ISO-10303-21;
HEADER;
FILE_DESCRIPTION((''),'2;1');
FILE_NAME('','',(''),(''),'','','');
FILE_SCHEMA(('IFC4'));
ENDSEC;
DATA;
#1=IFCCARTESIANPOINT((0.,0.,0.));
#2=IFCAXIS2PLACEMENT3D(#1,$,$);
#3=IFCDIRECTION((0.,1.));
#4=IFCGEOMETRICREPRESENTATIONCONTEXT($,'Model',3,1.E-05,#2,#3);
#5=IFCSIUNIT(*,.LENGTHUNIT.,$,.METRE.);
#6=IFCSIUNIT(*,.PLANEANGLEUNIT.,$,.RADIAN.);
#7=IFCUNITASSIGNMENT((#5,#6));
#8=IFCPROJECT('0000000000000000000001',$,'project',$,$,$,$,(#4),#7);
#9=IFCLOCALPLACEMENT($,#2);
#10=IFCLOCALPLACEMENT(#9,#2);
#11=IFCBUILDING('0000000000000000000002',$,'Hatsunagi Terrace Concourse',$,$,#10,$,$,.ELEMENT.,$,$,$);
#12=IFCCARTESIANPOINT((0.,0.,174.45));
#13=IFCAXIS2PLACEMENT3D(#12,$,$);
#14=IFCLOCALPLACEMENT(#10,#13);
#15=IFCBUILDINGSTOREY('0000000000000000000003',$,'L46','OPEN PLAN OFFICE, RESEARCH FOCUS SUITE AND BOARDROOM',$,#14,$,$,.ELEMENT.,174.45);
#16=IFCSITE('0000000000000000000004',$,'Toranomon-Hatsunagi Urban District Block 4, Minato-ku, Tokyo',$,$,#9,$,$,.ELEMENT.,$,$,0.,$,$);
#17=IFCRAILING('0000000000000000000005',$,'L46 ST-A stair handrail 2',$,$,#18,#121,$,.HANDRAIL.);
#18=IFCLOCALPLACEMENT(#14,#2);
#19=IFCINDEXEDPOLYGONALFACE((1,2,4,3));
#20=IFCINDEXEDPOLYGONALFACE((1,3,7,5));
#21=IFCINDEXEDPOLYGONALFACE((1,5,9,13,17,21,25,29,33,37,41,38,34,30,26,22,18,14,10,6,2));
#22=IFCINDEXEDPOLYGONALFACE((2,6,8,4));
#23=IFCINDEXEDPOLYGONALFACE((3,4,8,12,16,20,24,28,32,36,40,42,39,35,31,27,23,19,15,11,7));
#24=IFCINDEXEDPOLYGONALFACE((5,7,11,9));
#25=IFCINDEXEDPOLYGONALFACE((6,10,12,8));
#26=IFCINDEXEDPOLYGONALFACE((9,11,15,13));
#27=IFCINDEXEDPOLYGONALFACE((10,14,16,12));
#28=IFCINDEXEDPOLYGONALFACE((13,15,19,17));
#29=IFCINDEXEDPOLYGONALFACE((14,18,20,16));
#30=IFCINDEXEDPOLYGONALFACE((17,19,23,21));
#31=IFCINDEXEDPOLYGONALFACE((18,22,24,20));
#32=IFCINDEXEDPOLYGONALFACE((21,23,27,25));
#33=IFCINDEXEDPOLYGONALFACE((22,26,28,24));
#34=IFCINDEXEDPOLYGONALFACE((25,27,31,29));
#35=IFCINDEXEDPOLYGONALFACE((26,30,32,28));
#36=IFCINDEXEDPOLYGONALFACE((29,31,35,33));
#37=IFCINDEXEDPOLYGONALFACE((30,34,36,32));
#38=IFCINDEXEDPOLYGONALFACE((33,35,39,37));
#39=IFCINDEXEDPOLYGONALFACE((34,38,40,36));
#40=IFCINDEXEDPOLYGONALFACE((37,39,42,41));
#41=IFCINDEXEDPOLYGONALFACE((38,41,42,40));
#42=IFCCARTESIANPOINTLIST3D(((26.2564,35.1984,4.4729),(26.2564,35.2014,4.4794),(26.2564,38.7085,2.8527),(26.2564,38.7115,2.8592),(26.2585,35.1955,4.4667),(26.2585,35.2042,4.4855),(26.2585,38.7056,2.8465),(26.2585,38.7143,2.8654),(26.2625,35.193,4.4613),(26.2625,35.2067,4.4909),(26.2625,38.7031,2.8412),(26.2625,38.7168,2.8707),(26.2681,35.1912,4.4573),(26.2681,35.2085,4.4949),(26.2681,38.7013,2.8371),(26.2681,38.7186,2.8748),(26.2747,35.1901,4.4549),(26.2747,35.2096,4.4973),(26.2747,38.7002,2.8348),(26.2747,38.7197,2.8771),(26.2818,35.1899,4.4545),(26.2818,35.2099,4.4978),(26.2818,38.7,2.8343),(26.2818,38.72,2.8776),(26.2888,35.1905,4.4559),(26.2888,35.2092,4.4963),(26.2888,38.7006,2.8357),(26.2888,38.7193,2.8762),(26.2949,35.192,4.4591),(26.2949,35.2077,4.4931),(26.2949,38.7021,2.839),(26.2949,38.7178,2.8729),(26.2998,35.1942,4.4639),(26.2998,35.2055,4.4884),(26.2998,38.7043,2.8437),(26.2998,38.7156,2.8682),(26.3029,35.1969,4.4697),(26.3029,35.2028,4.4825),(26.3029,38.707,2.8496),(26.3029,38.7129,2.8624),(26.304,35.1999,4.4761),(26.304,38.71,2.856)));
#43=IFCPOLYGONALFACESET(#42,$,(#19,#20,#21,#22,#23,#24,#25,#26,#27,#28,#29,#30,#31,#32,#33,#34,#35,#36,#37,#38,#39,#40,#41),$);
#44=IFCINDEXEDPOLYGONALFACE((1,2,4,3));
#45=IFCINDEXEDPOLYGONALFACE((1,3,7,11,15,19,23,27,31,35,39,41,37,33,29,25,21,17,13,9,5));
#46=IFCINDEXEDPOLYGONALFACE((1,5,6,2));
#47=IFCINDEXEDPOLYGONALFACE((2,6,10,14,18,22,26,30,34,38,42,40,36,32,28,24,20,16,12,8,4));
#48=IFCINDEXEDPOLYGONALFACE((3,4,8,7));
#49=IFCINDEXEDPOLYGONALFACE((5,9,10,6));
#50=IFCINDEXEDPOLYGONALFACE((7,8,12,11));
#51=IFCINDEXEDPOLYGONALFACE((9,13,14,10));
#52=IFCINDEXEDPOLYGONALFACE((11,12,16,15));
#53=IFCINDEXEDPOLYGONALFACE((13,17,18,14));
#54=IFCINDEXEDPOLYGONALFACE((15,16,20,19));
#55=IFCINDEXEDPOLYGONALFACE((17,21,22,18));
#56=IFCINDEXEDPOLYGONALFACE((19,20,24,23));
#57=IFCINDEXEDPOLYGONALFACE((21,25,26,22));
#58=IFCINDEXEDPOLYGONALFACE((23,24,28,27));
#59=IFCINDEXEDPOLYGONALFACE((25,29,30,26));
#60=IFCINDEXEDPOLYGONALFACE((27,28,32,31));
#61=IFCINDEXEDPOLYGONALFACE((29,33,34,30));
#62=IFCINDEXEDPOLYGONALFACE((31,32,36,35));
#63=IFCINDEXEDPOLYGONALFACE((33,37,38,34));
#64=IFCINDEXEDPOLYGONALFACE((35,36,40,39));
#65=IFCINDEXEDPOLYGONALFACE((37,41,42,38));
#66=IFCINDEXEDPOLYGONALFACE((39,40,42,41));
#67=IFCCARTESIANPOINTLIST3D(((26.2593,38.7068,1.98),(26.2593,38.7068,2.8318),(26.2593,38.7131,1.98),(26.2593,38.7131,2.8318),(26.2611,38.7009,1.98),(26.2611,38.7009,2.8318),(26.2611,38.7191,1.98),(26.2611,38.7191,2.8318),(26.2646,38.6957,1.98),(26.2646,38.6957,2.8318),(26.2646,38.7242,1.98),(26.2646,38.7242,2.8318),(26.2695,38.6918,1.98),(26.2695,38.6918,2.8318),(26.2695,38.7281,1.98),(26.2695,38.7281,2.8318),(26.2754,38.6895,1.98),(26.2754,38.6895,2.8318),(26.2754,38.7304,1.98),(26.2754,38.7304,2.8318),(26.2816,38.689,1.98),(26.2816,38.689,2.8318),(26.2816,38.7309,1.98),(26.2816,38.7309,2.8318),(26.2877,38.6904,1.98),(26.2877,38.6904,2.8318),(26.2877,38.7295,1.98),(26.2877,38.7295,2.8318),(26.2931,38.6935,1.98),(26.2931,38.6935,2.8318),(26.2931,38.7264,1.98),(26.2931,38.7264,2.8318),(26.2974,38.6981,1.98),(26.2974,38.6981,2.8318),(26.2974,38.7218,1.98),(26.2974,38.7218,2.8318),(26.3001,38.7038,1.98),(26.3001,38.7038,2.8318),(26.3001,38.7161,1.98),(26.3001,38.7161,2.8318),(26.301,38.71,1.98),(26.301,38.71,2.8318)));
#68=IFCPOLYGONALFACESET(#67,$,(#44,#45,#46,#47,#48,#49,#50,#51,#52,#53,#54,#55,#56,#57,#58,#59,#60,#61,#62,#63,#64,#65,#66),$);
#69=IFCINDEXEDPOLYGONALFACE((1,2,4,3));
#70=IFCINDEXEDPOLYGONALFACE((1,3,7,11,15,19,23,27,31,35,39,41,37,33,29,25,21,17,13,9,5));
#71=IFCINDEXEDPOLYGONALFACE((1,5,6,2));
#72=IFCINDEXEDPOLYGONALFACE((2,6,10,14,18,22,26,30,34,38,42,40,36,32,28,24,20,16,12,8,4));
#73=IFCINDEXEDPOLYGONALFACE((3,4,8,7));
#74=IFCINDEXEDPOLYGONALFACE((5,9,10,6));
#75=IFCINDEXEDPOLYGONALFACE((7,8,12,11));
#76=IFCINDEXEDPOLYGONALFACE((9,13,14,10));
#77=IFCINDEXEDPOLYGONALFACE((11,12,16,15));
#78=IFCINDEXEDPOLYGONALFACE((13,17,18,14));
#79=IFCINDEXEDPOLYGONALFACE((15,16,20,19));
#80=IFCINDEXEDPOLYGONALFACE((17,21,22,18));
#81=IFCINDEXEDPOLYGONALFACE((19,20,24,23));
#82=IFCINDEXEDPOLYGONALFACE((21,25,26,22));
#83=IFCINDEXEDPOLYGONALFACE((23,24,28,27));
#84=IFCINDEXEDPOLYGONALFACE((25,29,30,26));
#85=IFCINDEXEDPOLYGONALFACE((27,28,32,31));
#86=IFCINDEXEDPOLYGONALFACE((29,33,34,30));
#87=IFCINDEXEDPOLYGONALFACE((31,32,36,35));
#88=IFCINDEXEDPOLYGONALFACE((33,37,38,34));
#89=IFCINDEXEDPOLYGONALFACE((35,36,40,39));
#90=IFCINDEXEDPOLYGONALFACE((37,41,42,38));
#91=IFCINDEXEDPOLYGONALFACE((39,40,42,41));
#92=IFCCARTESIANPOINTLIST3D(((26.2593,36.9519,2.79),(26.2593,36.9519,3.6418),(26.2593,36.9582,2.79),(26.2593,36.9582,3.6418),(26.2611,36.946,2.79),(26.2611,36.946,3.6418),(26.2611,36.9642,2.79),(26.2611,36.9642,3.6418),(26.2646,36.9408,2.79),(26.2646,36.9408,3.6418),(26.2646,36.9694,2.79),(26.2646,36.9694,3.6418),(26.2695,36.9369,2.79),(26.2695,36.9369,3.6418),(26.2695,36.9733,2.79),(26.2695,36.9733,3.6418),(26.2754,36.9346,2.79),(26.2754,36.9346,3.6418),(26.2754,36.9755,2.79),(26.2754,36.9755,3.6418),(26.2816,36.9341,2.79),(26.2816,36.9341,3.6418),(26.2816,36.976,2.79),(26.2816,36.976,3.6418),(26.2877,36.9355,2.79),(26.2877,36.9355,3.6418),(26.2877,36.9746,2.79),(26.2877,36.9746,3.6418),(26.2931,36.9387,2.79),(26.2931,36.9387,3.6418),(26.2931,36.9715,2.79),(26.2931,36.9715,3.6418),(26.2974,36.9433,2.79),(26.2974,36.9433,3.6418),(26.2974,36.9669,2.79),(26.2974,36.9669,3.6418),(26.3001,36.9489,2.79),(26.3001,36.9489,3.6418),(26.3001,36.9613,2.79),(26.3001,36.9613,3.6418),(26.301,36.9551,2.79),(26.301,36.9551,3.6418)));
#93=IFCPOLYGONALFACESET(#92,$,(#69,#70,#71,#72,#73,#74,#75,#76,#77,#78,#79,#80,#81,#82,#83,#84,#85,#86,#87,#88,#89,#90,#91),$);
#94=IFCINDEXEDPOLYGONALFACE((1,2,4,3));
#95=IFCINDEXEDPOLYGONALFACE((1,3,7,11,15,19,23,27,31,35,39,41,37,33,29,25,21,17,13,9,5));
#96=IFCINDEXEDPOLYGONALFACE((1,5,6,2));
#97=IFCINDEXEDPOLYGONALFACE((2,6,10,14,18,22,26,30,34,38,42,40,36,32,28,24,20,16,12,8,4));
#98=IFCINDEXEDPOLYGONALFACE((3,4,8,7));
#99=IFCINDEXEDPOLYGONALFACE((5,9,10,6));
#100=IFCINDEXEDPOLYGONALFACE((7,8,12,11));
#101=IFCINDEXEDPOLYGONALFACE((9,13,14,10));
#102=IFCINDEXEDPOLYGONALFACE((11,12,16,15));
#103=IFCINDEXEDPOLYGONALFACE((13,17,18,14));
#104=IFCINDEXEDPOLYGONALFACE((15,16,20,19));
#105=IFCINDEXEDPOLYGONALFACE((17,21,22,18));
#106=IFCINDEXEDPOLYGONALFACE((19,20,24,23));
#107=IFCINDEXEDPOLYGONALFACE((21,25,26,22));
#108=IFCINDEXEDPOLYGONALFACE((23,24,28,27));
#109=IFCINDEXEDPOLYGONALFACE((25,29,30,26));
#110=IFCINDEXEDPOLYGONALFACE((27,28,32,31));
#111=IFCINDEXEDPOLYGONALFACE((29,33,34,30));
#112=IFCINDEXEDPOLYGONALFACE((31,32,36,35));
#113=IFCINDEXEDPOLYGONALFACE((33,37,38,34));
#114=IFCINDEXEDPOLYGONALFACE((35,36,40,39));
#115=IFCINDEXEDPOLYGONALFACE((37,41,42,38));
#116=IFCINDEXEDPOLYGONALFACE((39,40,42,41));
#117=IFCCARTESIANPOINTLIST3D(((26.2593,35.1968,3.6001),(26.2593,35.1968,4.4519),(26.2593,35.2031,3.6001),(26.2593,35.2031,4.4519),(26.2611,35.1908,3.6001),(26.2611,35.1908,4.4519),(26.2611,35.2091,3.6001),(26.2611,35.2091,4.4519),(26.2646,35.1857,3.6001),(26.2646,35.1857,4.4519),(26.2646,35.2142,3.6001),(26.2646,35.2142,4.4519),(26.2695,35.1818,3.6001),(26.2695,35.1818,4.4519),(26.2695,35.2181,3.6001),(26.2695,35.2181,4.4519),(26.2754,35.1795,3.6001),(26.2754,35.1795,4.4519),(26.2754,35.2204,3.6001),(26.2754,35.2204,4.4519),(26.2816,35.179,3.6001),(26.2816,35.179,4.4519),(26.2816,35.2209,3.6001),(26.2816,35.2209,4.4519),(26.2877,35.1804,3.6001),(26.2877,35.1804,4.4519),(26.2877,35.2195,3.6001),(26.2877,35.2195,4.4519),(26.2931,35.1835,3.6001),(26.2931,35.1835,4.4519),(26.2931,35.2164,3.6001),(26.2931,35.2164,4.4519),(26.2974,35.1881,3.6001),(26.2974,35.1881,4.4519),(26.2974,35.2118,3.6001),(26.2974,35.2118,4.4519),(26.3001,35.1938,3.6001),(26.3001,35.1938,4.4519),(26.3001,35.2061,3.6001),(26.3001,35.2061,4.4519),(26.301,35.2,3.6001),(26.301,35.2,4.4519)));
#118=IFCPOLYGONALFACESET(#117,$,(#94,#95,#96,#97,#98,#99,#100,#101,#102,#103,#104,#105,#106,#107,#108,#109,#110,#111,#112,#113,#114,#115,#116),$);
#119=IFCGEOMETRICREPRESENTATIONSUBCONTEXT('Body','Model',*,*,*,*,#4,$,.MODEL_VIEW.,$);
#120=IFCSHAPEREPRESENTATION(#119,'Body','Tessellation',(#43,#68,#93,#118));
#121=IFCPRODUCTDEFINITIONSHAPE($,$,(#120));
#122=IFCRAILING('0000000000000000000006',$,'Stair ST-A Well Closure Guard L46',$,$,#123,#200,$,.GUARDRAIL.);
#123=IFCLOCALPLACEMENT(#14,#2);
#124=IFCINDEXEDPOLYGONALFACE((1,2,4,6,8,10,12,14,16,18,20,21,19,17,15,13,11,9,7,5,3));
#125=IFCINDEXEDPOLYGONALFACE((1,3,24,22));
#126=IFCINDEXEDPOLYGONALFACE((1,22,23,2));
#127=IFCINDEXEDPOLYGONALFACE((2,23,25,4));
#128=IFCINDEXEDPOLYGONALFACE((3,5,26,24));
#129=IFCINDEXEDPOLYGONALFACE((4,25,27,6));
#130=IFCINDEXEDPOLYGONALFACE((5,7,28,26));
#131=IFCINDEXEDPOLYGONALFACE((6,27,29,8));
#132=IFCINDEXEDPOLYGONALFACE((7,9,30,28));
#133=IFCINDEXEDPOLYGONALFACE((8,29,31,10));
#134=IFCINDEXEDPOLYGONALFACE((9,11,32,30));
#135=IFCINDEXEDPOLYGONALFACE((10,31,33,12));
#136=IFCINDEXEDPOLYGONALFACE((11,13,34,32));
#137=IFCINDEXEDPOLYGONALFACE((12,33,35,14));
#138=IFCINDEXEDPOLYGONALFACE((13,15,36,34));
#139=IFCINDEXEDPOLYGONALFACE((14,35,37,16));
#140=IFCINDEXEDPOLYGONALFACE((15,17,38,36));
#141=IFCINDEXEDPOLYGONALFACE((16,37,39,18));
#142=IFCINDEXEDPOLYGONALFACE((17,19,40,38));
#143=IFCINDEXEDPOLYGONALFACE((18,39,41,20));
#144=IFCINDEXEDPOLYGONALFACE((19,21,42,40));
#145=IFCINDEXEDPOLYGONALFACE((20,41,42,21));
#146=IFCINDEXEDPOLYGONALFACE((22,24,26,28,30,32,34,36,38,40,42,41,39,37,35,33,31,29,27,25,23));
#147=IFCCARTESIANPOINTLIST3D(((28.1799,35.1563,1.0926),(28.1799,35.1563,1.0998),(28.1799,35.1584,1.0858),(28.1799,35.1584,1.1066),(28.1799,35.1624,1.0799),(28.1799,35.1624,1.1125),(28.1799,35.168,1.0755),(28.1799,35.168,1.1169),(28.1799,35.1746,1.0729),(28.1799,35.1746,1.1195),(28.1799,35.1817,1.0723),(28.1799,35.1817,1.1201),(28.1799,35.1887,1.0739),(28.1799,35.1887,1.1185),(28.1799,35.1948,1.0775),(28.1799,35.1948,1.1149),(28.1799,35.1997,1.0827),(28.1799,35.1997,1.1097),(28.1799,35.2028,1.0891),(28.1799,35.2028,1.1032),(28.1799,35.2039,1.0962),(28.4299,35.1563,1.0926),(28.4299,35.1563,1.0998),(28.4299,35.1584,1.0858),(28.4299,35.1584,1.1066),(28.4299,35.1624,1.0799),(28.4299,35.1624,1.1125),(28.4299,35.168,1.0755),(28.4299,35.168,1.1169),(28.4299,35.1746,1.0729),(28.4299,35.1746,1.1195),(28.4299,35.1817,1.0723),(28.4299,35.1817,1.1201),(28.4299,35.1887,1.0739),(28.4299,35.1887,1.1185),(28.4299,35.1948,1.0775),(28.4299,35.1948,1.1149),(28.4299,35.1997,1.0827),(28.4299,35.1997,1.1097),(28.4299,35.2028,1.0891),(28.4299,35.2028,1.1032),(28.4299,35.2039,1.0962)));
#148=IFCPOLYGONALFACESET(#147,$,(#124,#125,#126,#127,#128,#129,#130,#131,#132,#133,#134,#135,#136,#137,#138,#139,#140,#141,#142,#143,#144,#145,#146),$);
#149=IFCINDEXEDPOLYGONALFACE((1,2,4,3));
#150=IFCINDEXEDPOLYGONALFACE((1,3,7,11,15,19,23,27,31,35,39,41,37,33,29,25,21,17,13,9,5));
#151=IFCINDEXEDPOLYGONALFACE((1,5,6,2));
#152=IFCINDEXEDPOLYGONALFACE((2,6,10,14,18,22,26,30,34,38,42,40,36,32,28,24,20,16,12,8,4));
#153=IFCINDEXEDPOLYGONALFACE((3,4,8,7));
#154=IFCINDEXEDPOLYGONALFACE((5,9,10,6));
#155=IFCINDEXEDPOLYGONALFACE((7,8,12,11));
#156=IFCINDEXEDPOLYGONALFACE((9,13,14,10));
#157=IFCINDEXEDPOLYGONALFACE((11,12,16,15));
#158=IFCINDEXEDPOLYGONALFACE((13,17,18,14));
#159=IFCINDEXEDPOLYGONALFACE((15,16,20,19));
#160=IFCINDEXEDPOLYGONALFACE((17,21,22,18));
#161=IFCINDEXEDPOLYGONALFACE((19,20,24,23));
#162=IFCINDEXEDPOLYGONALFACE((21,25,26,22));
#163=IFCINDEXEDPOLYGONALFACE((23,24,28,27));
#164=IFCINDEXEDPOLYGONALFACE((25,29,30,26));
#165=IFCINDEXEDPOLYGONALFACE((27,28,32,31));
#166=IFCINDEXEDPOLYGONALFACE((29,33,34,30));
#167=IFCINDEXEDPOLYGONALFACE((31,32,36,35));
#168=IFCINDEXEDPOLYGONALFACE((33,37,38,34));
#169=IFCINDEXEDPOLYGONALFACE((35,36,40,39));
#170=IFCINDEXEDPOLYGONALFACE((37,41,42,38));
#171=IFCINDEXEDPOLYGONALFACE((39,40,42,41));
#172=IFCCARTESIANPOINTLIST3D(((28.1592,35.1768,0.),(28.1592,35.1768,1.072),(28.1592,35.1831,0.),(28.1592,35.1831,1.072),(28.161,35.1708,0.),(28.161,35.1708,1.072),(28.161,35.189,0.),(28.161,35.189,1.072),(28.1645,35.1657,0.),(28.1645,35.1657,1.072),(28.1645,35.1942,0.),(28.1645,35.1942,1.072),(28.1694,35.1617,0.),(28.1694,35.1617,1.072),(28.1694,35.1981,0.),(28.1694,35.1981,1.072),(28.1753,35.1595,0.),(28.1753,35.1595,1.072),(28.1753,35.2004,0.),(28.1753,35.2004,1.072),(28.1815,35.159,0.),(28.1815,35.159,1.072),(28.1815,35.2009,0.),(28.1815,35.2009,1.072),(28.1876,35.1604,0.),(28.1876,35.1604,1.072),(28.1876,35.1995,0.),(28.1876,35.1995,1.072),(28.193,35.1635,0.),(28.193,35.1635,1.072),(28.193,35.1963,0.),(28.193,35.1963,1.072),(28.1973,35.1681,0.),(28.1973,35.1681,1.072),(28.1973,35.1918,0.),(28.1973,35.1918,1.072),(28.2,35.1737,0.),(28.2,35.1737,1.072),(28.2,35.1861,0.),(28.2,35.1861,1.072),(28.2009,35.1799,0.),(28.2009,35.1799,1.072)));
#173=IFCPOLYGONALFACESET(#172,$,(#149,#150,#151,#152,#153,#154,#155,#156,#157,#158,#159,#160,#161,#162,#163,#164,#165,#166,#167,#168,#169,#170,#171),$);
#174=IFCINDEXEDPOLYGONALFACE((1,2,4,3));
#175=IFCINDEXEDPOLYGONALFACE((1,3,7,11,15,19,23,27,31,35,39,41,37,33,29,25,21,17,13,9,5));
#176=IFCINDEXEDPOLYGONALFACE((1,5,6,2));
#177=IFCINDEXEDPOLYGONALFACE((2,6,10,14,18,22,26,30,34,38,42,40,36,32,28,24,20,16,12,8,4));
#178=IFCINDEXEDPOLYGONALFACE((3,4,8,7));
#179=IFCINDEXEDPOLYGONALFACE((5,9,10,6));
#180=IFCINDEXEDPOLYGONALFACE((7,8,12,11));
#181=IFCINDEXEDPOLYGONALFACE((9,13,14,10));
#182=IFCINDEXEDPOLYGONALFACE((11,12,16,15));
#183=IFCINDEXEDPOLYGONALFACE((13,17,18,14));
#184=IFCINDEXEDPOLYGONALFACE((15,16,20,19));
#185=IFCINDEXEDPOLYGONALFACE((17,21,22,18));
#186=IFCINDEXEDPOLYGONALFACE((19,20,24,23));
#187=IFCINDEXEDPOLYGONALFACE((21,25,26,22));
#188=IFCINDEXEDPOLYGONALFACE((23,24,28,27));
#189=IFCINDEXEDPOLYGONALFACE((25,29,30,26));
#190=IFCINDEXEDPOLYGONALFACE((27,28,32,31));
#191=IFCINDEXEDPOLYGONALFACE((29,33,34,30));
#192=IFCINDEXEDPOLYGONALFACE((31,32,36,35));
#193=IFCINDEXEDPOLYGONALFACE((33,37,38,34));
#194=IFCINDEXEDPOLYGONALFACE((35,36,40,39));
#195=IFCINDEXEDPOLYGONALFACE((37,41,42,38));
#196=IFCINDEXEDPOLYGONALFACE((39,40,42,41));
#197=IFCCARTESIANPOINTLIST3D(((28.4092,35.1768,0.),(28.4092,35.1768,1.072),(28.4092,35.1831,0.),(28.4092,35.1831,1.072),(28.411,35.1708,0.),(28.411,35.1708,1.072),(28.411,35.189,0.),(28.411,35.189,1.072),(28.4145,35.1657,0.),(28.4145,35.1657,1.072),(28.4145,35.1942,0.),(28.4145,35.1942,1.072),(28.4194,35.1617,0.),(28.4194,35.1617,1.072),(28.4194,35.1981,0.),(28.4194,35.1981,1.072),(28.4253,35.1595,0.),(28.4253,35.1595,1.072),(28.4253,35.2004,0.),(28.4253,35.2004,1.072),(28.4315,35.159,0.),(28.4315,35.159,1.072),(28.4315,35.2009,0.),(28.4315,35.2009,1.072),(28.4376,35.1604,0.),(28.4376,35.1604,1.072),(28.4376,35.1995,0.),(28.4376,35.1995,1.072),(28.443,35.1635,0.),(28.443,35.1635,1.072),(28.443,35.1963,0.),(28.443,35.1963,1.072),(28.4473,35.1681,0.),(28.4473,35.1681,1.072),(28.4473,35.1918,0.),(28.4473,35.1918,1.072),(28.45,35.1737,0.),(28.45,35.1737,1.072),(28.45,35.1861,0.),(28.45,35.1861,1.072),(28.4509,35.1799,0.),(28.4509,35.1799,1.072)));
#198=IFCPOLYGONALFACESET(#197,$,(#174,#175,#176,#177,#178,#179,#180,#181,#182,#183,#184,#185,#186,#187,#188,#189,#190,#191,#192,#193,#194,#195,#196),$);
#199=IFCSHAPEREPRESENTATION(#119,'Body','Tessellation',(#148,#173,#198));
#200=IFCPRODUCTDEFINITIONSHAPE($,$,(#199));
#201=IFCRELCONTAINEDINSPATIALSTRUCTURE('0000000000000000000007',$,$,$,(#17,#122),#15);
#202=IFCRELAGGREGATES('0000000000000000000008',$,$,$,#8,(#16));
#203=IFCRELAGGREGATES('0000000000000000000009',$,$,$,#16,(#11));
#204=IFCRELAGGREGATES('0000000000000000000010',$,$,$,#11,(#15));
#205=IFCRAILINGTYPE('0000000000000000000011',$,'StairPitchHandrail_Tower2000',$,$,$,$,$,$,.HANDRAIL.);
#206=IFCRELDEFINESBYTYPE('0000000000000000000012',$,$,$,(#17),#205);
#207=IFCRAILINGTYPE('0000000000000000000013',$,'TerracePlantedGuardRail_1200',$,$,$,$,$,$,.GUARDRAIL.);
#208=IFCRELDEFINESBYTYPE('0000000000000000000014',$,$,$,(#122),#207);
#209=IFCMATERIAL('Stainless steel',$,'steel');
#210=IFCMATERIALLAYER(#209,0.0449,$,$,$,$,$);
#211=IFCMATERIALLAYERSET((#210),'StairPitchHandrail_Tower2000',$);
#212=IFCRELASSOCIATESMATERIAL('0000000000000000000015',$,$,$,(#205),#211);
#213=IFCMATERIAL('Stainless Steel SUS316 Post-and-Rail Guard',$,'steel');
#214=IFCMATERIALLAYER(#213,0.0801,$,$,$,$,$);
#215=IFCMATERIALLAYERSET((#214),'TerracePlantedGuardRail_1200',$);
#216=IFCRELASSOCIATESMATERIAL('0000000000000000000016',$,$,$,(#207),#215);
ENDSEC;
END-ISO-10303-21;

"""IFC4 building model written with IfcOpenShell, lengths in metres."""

from ifc_helpers import new_model, si_unit, direction, frame, origin, origin_2d, place, context, subcontext, project, spatial, circle, extrude, material, layer, layer_set, type_object, element, save


model = new_model("IFC4")

# Units and contexts
model_context = context("Model", 3, precision=1e-05, world=origin(), true_north=direction((0.0, 1.0)))
body_context = subcontext(model_context, "Body", "Model", "MODEL_VIEW")
ifc_project = project(units=[si_unit("LENGTHUNIT", "METRE"), si_unit("PLANEANGLEUNIT", "RADIAN")], contexts=[model_context])

# Site, building, storey
site_placement = place(None, origin())
site = spatial("IfcSite", under=ifc_project, at=site_placement, Name="Toranomon-Hatsunagi Urban District Block 4, Minato-ku, Tokyo", CompositionType="ELEMENT", RefElevation=0.0)
building_placement = place(site_placement, origin())
building = spatial("IfcBuilding", under=site, at=building_placement, Name="Hatsunagi Terrace Concourse", CompositionType="ELEMENT")
storey_placement = place(building_placement, frame((0.0, 0.0, 174.45)))
storey = spatial("IfcBuildingStorey", under=building, at=storey_placement, Name="L46", Description="OPEN PLAN OFFICE, RESEARCH FOCUS SUITE AND BOARDROOM", CompositionType="ELEMENT", Elevation=174.45)

# Railings
ifc_material_1 = material(Name="Stainless steel", Category="steel")
ifc_layer_1 = layer(ifc_material_1, 0.0449)
ifc_layer_set_1 = layer_set([ifc_layer_1], Name="StairPitchHandrail_Tower2000")
railing_type_1 = type_object("IfcRailingType", Name="StairPitchHandrail_Tower2000", PredefinedType="HANDRAIL", material=ifc_layer_set_1)
railing_1_placement = place(storey_placement, frame((26.28, 38.71, 1.98)))
element("IfcRailing", 1, at=railing_1_placement, inside=storey, type_object=railing_type_1, Name="L46 ST-A stair handrail 2", PredefinedType="HANDRAIL", context=body_context, shape_type="SweptSolid", body=[
    extrude(circle(Radius=0.0239, at=origin_2d()), frame((0.0, 0.0, 0.876), z_axis=(0.0, -0.907948, 0.419082), x_axis=(1.0, 0.0, 0.0)), (0.0, 0.0, 1.0), 3.866),
    extrude(circle(Radius=0.021, at=origin_2d()), origin(), (0.0, 0.0, 1.0), 0.8518),
    extrude(circle(Radius=0.021, at=origin_2d()), frame((0.0, -1.7549, 0.8101)), (0.0, 0.0, 1.0), 0.8518),
    extrude(circle(Radius=0.021, at=origin_2d()), frame((0.0, -3.51, 1.6201)), (0.0, 0.0, 1.0), 0.8518),
])
ifc_material_2 = material(Name="Stainless Steel SUS316 Post-and-Rail Guard", Category="steel")
ifc_layer_2 = layer(ifc_material_2, 0.0801)
ifc_layer_set_2 = layer_set([ifc_layer_2], Name="TerracePlantedGuardRail_1200")
railing_type_2 = type_object("IfcRailingType", Name="TerracePlantedGuardRail_1200", PredefinedType="GUARDRAIL", material=ifc_layer_set_2)
railing_2_placement = place(storey_placement, frame((28.1799, 35.1799, 0.0)))
element("IfcRailing", 2, at=railing_2_placement, inside=storey, type_object=railing_type_2, Name="Stair ST-A Well Closure Guard L46", PredefinedType="GUARDRAIL", context=body_context, shape_type="SweptSolid", body=[
    extrude(circle(Radius=0.0239, at=origin_2d()), frame((0.0, 0.0, 1.0962), z_axis=(1.0, 0.0, 0.0), x_axis=(0.0, 1.0, 0.0)), (0.0, 0.0, 1.0), 0.25),
    extrude(circle(Radius=0.021, at=origin_2d()), origin(), (0.0, 0.0, 1.0), 1.072),
    extrude(circle(Radius=0.021, at=origin_2d()), frame((0.25, 0.0, 0.0)), (0.0, 0.0, 1.0), 1.072),
])

save(model, "model.ifc")
